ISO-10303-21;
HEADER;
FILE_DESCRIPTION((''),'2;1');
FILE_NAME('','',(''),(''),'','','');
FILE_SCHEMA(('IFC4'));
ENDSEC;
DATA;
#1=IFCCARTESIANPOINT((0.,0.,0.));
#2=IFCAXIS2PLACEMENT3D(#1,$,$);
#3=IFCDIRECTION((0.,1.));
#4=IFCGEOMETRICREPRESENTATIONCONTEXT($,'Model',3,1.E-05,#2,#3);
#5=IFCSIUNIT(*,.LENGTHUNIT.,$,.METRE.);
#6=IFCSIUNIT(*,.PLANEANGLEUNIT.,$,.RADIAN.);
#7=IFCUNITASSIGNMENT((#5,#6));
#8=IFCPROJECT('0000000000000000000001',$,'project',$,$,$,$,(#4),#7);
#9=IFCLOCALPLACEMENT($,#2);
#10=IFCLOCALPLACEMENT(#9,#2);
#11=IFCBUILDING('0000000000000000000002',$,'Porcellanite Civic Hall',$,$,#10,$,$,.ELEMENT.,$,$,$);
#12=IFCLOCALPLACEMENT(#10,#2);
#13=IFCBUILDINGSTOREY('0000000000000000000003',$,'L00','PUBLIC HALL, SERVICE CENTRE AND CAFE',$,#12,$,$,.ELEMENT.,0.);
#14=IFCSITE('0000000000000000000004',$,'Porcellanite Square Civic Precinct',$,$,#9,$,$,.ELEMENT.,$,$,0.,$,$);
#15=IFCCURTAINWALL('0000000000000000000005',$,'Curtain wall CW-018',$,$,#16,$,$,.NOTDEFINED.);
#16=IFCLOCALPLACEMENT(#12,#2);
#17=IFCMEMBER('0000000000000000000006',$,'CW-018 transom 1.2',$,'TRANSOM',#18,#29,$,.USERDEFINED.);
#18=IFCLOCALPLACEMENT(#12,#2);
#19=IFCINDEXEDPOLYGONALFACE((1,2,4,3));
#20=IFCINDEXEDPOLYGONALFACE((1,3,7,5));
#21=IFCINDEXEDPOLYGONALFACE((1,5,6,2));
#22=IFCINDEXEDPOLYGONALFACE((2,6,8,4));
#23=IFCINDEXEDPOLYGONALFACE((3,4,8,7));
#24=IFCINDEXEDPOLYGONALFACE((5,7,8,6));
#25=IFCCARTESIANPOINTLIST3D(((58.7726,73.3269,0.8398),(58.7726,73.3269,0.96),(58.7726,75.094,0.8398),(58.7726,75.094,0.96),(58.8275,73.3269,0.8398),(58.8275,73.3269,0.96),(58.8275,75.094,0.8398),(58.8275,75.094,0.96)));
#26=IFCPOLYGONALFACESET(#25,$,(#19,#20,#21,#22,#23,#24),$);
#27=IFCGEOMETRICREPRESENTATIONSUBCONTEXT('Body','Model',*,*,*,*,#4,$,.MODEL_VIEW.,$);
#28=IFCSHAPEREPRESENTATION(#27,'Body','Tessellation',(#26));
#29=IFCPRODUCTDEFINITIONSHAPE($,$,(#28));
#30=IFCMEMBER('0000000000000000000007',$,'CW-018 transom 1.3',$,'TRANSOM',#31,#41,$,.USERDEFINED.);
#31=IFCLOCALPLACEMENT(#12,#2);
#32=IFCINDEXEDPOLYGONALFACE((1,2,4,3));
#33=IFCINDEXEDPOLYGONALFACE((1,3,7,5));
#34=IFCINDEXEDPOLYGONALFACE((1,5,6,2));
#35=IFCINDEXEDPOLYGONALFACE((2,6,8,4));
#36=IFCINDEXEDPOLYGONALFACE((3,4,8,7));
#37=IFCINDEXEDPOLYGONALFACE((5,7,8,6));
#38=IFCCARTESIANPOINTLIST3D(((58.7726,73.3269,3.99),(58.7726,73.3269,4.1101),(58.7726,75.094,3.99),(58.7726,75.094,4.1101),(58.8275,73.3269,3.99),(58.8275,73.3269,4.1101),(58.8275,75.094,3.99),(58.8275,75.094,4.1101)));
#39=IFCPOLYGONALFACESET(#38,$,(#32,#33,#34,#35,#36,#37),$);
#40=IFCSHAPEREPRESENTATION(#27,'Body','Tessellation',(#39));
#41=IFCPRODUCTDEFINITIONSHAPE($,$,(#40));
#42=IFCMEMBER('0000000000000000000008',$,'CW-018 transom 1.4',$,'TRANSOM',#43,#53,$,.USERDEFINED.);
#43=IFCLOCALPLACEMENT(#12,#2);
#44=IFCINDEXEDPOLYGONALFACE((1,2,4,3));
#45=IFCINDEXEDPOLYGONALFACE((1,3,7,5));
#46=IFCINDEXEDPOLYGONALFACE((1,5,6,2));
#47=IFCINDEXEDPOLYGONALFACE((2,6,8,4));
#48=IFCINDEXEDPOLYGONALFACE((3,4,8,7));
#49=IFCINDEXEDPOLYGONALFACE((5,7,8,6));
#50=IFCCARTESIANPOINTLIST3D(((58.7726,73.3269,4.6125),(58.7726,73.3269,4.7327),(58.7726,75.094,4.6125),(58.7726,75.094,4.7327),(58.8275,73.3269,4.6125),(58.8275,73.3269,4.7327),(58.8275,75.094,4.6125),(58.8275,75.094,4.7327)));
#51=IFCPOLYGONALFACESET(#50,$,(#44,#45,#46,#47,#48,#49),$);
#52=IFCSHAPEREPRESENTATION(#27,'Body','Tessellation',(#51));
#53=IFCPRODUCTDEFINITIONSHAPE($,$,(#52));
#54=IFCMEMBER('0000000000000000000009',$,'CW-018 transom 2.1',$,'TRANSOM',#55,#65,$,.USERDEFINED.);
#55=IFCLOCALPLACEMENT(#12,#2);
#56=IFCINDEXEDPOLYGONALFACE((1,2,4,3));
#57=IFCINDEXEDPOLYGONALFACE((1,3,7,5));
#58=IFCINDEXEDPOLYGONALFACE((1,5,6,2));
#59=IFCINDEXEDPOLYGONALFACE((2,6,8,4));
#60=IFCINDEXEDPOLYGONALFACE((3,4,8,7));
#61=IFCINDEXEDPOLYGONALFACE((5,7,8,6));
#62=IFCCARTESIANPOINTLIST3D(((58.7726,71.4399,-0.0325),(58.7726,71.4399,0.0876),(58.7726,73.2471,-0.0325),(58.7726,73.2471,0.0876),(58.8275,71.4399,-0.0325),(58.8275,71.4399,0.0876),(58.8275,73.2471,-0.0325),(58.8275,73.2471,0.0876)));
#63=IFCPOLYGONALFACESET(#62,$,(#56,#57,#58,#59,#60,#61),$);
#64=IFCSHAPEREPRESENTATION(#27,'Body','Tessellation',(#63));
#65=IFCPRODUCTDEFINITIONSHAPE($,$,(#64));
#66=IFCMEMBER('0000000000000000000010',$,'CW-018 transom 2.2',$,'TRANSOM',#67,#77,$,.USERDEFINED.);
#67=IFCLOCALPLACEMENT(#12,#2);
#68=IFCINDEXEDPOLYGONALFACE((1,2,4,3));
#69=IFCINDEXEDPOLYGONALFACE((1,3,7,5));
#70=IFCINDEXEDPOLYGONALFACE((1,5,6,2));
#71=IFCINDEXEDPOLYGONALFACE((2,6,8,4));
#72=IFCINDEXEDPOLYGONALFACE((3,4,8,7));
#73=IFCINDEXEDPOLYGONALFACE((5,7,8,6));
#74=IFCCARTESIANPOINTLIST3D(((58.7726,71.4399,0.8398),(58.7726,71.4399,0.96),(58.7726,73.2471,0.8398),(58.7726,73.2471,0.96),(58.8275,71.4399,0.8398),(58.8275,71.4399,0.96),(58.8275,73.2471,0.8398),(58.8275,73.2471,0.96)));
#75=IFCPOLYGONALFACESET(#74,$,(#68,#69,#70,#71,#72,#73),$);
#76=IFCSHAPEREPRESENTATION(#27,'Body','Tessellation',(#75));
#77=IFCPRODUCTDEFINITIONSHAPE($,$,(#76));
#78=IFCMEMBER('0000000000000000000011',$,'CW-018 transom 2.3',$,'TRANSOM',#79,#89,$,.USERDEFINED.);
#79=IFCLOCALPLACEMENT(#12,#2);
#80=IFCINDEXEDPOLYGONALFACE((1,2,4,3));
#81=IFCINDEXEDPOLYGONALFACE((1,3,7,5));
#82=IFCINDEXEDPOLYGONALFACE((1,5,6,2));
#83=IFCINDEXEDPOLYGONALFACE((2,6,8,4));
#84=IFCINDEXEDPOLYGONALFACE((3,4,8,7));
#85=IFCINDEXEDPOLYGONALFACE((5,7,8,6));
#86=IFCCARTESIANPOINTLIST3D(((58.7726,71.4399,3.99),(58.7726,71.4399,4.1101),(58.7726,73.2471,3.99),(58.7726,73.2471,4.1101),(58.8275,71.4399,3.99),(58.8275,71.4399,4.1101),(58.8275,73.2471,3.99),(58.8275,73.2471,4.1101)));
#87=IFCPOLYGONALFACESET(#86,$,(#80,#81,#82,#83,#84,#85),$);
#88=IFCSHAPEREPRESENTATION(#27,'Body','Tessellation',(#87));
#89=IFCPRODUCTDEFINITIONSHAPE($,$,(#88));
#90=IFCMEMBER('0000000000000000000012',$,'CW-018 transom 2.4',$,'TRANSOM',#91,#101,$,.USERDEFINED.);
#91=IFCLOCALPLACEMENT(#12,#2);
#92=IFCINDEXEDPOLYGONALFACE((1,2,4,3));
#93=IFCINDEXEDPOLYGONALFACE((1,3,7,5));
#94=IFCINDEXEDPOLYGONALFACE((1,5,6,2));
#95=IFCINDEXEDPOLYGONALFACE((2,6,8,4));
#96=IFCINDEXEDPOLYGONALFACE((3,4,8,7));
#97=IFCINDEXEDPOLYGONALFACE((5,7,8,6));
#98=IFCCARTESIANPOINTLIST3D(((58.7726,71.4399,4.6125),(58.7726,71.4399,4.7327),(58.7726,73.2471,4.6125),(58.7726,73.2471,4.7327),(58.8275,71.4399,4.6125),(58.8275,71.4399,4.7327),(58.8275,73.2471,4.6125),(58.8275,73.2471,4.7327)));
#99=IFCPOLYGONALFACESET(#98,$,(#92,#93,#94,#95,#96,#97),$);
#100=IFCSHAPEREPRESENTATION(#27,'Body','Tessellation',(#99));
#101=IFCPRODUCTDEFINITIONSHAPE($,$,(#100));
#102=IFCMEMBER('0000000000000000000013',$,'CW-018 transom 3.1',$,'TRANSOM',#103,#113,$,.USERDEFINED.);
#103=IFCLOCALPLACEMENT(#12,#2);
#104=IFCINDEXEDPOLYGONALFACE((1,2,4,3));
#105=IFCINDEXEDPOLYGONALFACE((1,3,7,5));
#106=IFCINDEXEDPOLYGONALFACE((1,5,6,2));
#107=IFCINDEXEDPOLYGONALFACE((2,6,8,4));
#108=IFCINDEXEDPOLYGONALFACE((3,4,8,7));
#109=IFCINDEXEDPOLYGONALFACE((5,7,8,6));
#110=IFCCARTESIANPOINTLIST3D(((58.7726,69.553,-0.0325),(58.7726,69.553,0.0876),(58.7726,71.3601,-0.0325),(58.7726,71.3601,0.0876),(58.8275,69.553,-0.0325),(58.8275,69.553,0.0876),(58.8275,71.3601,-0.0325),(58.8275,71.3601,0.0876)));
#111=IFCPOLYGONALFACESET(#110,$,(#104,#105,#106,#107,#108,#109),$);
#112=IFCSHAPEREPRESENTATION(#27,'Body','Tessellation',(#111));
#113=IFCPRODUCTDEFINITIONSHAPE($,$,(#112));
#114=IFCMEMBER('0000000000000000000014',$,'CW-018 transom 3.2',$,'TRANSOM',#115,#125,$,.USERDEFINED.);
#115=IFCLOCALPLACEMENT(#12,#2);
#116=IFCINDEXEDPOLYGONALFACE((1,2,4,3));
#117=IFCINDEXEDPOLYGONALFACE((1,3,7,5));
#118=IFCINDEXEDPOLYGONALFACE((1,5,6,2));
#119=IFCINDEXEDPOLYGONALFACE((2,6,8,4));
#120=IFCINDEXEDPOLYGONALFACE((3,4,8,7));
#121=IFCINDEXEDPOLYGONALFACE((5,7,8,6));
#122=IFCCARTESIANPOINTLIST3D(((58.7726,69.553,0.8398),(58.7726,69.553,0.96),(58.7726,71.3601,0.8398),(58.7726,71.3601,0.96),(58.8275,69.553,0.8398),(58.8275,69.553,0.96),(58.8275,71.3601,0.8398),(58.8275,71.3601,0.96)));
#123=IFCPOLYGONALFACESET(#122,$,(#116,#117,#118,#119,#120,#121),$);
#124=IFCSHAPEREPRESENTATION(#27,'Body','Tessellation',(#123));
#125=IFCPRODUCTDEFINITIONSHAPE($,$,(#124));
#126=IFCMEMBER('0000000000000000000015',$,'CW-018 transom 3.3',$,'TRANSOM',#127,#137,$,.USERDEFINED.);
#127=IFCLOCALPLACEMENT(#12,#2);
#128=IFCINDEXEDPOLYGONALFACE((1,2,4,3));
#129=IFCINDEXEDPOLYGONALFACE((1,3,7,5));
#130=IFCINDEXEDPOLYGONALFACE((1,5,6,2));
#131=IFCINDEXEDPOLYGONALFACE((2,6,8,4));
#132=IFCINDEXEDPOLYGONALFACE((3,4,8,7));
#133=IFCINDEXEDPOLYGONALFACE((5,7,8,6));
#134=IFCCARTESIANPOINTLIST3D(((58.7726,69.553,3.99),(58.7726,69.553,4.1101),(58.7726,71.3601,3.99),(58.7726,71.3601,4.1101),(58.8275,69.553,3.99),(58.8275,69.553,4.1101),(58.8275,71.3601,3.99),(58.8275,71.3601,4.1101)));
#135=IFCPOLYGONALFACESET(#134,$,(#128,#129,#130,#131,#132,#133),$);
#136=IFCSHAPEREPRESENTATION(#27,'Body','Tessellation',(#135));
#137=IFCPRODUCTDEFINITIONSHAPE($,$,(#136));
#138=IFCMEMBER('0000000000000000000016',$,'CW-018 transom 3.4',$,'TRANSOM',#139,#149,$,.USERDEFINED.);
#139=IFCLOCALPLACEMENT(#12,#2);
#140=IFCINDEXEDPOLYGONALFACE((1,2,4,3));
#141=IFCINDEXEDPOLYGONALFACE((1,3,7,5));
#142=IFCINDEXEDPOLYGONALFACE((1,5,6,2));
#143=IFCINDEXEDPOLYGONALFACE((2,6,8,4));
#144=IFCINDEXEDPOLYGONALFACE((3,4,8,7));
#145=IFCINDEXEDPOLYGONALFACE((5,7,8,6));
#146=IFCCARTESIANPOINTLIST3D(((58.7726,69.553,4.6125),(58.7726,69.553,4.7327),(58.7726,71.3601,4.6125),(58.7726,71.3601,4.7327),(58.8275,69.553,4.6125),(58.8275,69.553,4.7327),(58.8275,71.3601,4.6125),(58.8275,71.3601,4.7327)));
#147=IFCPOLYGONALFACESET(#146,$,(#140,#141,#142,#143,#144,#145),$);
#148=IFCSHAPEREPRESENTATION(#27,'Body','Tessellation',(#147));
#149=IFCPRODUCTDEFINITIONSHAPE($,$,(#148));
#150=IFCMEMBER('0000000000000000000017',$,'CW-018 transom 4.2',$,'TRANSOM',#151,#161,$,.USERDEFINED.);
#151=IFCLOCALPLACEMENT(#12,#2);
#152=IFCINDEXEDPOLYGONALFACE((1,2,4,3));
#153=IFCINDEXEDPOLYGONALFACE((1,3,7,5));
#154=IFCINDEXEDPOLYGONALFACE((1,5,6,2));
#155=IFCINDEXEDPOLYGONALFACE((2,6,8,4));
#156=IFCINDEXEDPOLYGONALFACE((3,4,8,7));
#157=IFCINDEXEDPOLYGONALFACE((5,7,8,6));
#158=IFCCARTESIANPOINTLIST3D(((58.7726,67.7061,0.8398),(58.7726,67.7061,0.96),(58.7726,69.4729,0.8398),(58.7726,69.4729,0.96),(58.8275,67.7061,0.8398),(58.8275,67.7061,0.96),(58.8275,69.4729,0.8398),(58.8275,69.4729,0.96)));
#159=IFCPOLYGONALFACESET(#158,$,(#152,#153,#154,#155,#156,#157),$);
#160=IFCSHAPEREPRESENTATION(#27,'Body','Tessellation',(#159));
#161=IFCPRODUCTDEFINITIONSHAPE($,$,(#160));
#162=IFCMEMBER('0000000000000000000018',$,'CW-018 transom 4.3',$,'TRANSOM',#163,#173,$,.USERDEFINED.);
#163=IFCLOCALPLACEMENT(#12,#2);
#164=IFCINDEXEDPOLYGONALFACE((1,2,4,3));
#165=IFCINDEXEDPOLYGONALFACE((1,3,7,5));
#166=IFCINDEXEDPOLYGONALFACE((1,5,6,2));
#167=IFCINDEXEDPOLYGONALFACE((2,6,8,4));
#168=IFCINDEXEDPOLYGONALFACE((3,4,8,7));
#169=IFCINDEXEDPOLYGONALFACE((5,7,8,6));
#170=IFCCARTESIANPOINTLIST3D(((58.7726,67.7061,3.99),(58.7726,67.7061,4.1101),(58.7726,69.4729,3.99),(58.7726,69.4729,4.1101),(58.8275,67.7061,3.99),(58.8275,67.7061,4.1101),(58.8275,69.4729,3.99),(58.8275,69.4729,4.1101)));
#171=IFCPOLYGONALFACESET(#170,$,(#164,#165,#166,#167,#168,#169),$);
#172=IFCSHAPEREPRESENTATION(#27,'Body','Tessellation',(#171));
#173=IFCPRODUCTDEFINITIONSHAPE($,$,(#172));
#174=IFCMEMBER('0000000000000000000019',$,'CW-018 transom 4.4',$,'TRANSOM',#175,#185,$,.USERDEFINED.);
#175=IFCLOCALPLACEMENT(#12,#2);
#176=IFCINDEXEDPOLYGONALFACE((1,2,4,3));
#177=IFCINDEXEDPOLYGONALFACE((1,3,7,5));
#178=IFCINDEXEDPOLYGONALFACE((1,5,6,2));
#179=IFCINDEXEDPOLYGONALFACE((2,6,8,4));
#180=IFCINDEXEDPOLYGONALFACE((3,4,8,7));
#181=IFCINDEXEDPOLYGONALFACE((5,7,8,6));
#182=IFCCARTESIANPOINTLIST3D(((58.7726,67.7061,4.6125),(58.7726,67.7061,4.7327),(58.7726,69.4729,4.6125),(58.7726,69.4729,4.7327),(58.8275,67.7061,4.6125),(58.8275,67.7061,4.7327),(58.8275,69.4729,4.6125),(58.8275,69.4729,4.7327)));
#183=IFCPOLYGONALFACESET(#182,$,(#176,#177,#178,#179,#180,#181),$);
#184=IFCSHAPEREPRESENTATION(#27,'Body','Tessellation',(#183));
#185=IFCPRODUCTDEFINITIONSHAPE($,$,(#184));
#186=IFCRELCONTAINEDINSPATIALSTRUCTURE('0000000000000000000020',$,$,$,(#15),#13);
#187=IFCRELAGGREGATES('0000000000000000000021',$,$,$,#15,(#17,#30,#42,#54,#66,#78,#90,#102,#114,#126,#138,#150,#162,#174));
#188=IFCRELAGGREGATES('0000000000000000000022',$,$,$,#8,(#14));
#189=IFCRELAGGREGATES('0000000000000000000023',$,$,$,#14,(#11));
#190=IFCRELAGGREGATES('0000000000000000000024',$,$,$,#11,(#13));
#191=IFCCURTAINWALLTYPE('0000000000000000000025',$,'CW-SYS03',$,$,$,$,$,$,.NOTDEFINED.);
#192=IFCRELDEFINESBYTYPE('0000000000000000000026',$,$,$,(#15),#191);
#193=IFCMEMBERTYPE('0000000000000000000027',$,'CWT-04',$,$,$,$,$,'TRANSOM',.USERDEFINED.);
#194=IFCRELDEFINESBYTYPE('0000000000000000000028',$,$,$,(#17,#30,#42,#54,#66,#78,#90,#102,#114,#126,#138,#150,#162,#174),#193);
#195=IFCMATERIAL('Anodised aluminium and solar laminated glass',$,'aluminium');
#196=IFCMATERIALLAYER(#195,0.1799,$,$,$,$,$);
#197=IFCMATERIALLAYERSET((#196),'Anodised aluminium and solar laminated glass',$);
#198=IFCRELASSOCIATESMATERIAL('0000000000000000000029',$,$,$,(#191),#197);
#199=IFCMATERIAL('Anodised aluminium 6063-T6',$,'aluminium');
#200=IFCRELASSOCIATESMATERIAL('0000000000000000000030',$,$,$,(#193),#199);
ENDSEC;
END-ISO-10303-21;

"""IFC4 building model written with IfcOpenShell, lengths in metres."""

from ifc_helpers import new_model, si_unit, direction, frame, origin, origin_2d, place, context, subcontext, project, spatial, rectangle, extrude, material, layer, layer_set, material_profile, profile_set, type_object, element, aggregate, save


model = new_model("IFC4")

# Units and contexts
model_context = context("Model", 3, precision=1e-05, world=origin(), true_north=direction((0.0, 1.0)))
body_context = subcontext(model_context, "Body", "Model", "MODEL_VIEW")
ifc_project = project(units=[si_unit("LENGTHUNIT", "METRE"), si_unit("PLANEANGLEUNIT", "RADIAN")], contexts=[model_context])

# Site, building, storey
site_placement = place(None, origin())
site = spatial("IfcSite", under=ifc_project, at=site_placement, Name="Porcellanite Square Civic Precinct", CompositionType="ELEMENT", RefElevation=0.0)
building_placement = place(site_placement, origin())
building = spatial("IfcBuilding", under=site, at=building_placement, Name="Porcellanite Civic Hall", CompositionType="ELEMENT")
storey_placement = place(building_placement, origin())
storey = spatial("IfcBuildingStorey", under=building, at=storey_placement, Name="L00", Description="PUBLIC HALL, SERVICE CENTRE AND CAFE", CompositionType="ELEMENT", Elevation=0.0)

# Curtain wall, members
ifc_material_1 = material(Name="Anodised aluminium and solar laminated glass", Category="aluminium")
ifc_layer_1 = layer(ifc_material_1, 0.1799)
ifc_layer_set_1 = layer_set([ifc_layer_1], Name="Anodised aluminium and solar laminated glass")
curtain_wall_type = type_object("IfcCurtainWallType", Name="CW-SYS03", PredefinedType="NOTDEFINED", material=ifc_layer_set_1)
curtain_wall_placement = place(storey_placement, origin())
curtain_wall = element("IfcCurtainWall", 1, at=curtain_wall_placement, inside=storey, type_object=curtain_wall_type, Name="Curtain wall CW-018", PredefinedType="NOTDEFINED")
ifc_material_2 = material(Name="Anodised aluminium 6063-T6", Category="aluminium")
ifc_material_profile_1 = material_profile(ifc_material_2, rectangle(XDim=0.0549, YDim=0.1201, at=origin_2d()), Name="AL-55x120")
ifc_profile_set_1 = profile_set([ifc_material_profile_1], Name="Anodised aluminium 6063-T6")
member_type_1 = type_object("IfcMemberType", Name="CWT-04", ElementType="TRANSOM", PredefinedType="USERDEFINED", material=ifc_profile_set_1)
member_1_placement = place(storey_placement, frame((58.8, 75.094, 0.8999), z_axis=(0.0, -1.0, 0.0), x_axis=(1.0, 0.0, 0.0)))
member_1 = element("IfcMember", 2, at=member_1_placement, type_object=member_type_1, Name="CW-018 transom 1.2", ObjectType="TRANSOM", PredefinedType="USERDEFINED", context=body_context, shape_type="SweptSolid", body=[
    extrude(rectangle(XDim=0.0549, YDim=0.1201, at=origin_2d()), origin(), (0.0, 0.0, 1.0), 1.7671),
])
member_2_placement = place(storey_placement, frame((58.8, 75.094, 4.05), z_axis=(0.0, -1.0, 0.0), x_axis=(1.0, 0.0, 0.0)))
member_2 = element("IfcMember", 3, at=member_2_placement, type_object=member_type_1, Name="CW-018 transom 1.3", ObjectType="TRANSOM", PredefinedType="USERDEFINED", context=body_context, shape_type="SweptSolid", body=[
    extrude(rectangle(XDim=0.0549, YDim=0.1201, at=origin_2d()), origin(), (0.0, 0.0, 1.0), 1.7671),
])
member_3_placement = place(storey_placement, frame((58.8, 75.094, 4.6726), z_axis=(0.0, -1.0, 0.0), x_axis=(1.0, 0.0, 0.0)))
member_3 = element("IfcMember", 4, at=member_3_placement, type_object=member_type_1, Name="CW-018 transom 1.4", ObjectType="TRANSOM", PredefinedType="USERDEFINED", context=body_context, shape_type="SweptSolid", body=[
    extrude(rectangle(XDim=0.0549, YDim=0.1201, at=origin_2d()), origin(), (0.0, 0.0, 1.0), 1.7671),
])
member_4_placement = place(storey_placement, frame((58.8, 73.2471, 0.0276), z_axis=(0.0, -1.0, 0.0), x_axis=(1.0, 0.0, 0.0)))
member_4 = element("IfcMember", 5, at=member_4_placement, type_object=member_type_1, Name="CW-018 transom 2.1", ObjectType="TRANSOM", PredefinedType="USERDEFINED", context=body_context, shape_type="SweptSolid", body=[
    extrude(rectangle(XDim=0.0549, YDim=0.1201, at=origin_2d()), origin(), (0.0, 0.0, 1.0), 1.8071),
])
member_5_placement = place(storey_placement, frame((58.8, 73.2471, 0.8999), z_axis=(0.0, -1.0, 0.0), x_axis=(1.0, 0.0, 0.0)))
member_5 = element("IfcMember", 6, at=member_5_placement, type_object=member_type_1, Name="CW-018 transom 2.2", ObjectType="TRANSOM", PredefinedType="USERDEFINED", context=body_context, shape_type="SweptSolid", body=[
    extrude(rectangle(XDim=0.0549, YDim=0.1201, at=origin_2d()), origin(), (0.0, 0.0, 1.0), 1.8071),
])
member_6_placement = place(storey_placement, frame((58.8, 73.2471, 4.05), z_axis=(0.0, -1.0, 0.0), x_axis=(1.0, 0.0, 0.0)))
member_6 = element("IfcMember", 7, at=member_6_placement, type_object=member_type_1, Name="CW-018 transom 2.3", ObjectType="TRANSOM", PredefinedType="USERDEFINED", context=body_context, shape_type="SweptSolid", body=[
    extrude(rectangle(XDim=0.0549, YDim=0.1201, at=origin_2d()), origin(), (0.0, 0.0, 1.0), 1.8071),
])
member_7_placement = place(storey_placement, frame((58.8, 73.2471, 4.6726), z_axis=(0.0, -1.0, 0.0), x_axis=(1.0, 0.0, 0.0)))
member_7 = element("IfcMember", 8, at=member_7_placement, type_object=member_type_1, Name="CW-018 transom 2.4", ObjectType="TRANSOM", PredefinedType="USERDEFINED", context=body_context, shape_type="SweptSolid", body=[
    extrude(rectangle(XDim=0.0549, YDim=0.1201, at=origin_2d()), origin(), (0.0, 0.0, 1.0), 1.8071),
])
member_8_placement = place(storey_placement, frame((58.8, 71.3601, 0.0276), z_axis=(0.0, -1.0, 0.0), x_axis=(1.0, 0.0, 0.0)))
member_8 = element("IfcMember", 9, at=member_8_placement, type_object=member_type_1, Name="CW-018 transom 3.1", ObjectType="TRANSOM", PredefinedType="USERDEFINED", context=body_context, shape_type="SweptSolid", body=[
    extrude(rectangle(XDim=0.0549, YDim=0.1201, at=origin_2d()), origin(), (0.0, 0.0, 1.0), 1.8071),
])
member_9_placement = place(storey_placement, frame((58.8, 71.3601, 0.8999), z_axis=(0.0, -1.0, 0.0), x_axis=(1.0, 0.0, 0.0)))
member_9 = element("IfcMember", 10, at=member_9_placement, type_object=member_type_1, Name="CW-018 transom 3.2", ObjectType="TRANSOM", PredefinedType="USERDEFINED", context=body_context, shape_type="SweptSolid", body=[
    extrude(rectangle(XDim=0.0549, YDim=0.1201, at=origin_2d()), origin(), (0.0, 0.0, 1.0), 1.8071),
])
member_10_placement = place(storey_placement, frame((58.8, 71.3601, 4.05), z_axis=(0.0, -1.0, 0.0), x_axis=(1.0, 0.0, 0.0)))
member_10 = element("IfcMember", 11, at=member_10_placement, type_object=member_type_1, Name="CW-018 transom 3.3", ObjectType="TRANSOM", PredefinedType="USERDEFINED", context=body_context, shape_type="SweptSolid", body=[
    extrude(rectangle(XDim=0.0549, YDim=0.1201, at=origin_2d()), origin(), (0.0, 0.0, 1.0), 1.8071),
])
member_11_placement = place(storey_placement, frame((58.8, 71.3601, 4.6726), z_axis=(0.0, -1.0, 0.0), x_axis=(1.0, 0.0, 0.0)))
member_11 = element("IfcMember", 12, at=member_11_placement, type_object=member_type_1, Name="CW-018 transom 3.4", ObjectType="TRANSOM", PredefinedType="USERDEFINED", context=body_context, shape_type="SweptSolid", body=[
    extrude(rectangle(XDim=0.0549, YDim=0.1201, at=origin_2d()), origin(), (0.0, 0.0, 1.0), 1.8071),
])
member_12_placement = place(storey_placement, frame((58.8, 69.4729, 0.8999), z_axis=(0.0, -1.0, 0.0), x_axis=(1.0, 0.0, 0.0)))
member_12 = element("IfcMember", 13, at=member_12_placement, type_object=member_type_1, Name="CW-018 transom 4.2", ObjectType="TRANSOM", PredefinedType="USERDEFINED", context=body_context, shape_type="SweptSolid", body=[
    extrude(rectangle(XDim=0.0549, YDim=0.1201, at=origin_2d()), origin(), (0.0, 0.0, 1.0), 1.7668),
])
member_13_placement = place(storey_placement, frame((58.8, 69.4729, 4.05), z_axis=(0.0, -1.0, 0.0), x_axis=(1.0, 0.0, 0.0)))
member_13 = element("IfcMember", 14, at=member_13_placement, type_object=member_type_1, Name="CW-018 transom 4.3", ObjectType="TRANSOM", PredefinedType="USERDEFINED", context=body_context, shape_type="SweptSolid", body=[
    extrude(rectangle(XDim=0.0549, YDim=0.1201, at=origin_2d()), origin(), (0.0, 0.0, 1.0), 1.7668),
])
member_14_placement = place(storey_placement, frame((58.8, 69.4729, 4.6726), z_axis=(0.0, -1.0, 0.0), x_axis=(1.0, 0.0, 0.0)))
member_14 = element("IfcMember", 15, at=member_14_placement, type_object=member_type_1, Name="CW-018 transom 4.4", ObjectType="TRANSOM", PredefinedType="USERDEFINED", context=body_context, shape_type="SweptSolid", body=[
    extrude(rectangle(XDim=0.0549, YDim=0.1201, at=origin_2d()), origin(), (0.0, 0.0, 1.0), 1.7668),
])

aggregate(curtain_wall, [member_1, member_2, member_3, member_4, member_5, member_6, member_7, member_8, member_9, member_10, member_11, member_12, member_13, member_14])

save(model, "model.ifc")
